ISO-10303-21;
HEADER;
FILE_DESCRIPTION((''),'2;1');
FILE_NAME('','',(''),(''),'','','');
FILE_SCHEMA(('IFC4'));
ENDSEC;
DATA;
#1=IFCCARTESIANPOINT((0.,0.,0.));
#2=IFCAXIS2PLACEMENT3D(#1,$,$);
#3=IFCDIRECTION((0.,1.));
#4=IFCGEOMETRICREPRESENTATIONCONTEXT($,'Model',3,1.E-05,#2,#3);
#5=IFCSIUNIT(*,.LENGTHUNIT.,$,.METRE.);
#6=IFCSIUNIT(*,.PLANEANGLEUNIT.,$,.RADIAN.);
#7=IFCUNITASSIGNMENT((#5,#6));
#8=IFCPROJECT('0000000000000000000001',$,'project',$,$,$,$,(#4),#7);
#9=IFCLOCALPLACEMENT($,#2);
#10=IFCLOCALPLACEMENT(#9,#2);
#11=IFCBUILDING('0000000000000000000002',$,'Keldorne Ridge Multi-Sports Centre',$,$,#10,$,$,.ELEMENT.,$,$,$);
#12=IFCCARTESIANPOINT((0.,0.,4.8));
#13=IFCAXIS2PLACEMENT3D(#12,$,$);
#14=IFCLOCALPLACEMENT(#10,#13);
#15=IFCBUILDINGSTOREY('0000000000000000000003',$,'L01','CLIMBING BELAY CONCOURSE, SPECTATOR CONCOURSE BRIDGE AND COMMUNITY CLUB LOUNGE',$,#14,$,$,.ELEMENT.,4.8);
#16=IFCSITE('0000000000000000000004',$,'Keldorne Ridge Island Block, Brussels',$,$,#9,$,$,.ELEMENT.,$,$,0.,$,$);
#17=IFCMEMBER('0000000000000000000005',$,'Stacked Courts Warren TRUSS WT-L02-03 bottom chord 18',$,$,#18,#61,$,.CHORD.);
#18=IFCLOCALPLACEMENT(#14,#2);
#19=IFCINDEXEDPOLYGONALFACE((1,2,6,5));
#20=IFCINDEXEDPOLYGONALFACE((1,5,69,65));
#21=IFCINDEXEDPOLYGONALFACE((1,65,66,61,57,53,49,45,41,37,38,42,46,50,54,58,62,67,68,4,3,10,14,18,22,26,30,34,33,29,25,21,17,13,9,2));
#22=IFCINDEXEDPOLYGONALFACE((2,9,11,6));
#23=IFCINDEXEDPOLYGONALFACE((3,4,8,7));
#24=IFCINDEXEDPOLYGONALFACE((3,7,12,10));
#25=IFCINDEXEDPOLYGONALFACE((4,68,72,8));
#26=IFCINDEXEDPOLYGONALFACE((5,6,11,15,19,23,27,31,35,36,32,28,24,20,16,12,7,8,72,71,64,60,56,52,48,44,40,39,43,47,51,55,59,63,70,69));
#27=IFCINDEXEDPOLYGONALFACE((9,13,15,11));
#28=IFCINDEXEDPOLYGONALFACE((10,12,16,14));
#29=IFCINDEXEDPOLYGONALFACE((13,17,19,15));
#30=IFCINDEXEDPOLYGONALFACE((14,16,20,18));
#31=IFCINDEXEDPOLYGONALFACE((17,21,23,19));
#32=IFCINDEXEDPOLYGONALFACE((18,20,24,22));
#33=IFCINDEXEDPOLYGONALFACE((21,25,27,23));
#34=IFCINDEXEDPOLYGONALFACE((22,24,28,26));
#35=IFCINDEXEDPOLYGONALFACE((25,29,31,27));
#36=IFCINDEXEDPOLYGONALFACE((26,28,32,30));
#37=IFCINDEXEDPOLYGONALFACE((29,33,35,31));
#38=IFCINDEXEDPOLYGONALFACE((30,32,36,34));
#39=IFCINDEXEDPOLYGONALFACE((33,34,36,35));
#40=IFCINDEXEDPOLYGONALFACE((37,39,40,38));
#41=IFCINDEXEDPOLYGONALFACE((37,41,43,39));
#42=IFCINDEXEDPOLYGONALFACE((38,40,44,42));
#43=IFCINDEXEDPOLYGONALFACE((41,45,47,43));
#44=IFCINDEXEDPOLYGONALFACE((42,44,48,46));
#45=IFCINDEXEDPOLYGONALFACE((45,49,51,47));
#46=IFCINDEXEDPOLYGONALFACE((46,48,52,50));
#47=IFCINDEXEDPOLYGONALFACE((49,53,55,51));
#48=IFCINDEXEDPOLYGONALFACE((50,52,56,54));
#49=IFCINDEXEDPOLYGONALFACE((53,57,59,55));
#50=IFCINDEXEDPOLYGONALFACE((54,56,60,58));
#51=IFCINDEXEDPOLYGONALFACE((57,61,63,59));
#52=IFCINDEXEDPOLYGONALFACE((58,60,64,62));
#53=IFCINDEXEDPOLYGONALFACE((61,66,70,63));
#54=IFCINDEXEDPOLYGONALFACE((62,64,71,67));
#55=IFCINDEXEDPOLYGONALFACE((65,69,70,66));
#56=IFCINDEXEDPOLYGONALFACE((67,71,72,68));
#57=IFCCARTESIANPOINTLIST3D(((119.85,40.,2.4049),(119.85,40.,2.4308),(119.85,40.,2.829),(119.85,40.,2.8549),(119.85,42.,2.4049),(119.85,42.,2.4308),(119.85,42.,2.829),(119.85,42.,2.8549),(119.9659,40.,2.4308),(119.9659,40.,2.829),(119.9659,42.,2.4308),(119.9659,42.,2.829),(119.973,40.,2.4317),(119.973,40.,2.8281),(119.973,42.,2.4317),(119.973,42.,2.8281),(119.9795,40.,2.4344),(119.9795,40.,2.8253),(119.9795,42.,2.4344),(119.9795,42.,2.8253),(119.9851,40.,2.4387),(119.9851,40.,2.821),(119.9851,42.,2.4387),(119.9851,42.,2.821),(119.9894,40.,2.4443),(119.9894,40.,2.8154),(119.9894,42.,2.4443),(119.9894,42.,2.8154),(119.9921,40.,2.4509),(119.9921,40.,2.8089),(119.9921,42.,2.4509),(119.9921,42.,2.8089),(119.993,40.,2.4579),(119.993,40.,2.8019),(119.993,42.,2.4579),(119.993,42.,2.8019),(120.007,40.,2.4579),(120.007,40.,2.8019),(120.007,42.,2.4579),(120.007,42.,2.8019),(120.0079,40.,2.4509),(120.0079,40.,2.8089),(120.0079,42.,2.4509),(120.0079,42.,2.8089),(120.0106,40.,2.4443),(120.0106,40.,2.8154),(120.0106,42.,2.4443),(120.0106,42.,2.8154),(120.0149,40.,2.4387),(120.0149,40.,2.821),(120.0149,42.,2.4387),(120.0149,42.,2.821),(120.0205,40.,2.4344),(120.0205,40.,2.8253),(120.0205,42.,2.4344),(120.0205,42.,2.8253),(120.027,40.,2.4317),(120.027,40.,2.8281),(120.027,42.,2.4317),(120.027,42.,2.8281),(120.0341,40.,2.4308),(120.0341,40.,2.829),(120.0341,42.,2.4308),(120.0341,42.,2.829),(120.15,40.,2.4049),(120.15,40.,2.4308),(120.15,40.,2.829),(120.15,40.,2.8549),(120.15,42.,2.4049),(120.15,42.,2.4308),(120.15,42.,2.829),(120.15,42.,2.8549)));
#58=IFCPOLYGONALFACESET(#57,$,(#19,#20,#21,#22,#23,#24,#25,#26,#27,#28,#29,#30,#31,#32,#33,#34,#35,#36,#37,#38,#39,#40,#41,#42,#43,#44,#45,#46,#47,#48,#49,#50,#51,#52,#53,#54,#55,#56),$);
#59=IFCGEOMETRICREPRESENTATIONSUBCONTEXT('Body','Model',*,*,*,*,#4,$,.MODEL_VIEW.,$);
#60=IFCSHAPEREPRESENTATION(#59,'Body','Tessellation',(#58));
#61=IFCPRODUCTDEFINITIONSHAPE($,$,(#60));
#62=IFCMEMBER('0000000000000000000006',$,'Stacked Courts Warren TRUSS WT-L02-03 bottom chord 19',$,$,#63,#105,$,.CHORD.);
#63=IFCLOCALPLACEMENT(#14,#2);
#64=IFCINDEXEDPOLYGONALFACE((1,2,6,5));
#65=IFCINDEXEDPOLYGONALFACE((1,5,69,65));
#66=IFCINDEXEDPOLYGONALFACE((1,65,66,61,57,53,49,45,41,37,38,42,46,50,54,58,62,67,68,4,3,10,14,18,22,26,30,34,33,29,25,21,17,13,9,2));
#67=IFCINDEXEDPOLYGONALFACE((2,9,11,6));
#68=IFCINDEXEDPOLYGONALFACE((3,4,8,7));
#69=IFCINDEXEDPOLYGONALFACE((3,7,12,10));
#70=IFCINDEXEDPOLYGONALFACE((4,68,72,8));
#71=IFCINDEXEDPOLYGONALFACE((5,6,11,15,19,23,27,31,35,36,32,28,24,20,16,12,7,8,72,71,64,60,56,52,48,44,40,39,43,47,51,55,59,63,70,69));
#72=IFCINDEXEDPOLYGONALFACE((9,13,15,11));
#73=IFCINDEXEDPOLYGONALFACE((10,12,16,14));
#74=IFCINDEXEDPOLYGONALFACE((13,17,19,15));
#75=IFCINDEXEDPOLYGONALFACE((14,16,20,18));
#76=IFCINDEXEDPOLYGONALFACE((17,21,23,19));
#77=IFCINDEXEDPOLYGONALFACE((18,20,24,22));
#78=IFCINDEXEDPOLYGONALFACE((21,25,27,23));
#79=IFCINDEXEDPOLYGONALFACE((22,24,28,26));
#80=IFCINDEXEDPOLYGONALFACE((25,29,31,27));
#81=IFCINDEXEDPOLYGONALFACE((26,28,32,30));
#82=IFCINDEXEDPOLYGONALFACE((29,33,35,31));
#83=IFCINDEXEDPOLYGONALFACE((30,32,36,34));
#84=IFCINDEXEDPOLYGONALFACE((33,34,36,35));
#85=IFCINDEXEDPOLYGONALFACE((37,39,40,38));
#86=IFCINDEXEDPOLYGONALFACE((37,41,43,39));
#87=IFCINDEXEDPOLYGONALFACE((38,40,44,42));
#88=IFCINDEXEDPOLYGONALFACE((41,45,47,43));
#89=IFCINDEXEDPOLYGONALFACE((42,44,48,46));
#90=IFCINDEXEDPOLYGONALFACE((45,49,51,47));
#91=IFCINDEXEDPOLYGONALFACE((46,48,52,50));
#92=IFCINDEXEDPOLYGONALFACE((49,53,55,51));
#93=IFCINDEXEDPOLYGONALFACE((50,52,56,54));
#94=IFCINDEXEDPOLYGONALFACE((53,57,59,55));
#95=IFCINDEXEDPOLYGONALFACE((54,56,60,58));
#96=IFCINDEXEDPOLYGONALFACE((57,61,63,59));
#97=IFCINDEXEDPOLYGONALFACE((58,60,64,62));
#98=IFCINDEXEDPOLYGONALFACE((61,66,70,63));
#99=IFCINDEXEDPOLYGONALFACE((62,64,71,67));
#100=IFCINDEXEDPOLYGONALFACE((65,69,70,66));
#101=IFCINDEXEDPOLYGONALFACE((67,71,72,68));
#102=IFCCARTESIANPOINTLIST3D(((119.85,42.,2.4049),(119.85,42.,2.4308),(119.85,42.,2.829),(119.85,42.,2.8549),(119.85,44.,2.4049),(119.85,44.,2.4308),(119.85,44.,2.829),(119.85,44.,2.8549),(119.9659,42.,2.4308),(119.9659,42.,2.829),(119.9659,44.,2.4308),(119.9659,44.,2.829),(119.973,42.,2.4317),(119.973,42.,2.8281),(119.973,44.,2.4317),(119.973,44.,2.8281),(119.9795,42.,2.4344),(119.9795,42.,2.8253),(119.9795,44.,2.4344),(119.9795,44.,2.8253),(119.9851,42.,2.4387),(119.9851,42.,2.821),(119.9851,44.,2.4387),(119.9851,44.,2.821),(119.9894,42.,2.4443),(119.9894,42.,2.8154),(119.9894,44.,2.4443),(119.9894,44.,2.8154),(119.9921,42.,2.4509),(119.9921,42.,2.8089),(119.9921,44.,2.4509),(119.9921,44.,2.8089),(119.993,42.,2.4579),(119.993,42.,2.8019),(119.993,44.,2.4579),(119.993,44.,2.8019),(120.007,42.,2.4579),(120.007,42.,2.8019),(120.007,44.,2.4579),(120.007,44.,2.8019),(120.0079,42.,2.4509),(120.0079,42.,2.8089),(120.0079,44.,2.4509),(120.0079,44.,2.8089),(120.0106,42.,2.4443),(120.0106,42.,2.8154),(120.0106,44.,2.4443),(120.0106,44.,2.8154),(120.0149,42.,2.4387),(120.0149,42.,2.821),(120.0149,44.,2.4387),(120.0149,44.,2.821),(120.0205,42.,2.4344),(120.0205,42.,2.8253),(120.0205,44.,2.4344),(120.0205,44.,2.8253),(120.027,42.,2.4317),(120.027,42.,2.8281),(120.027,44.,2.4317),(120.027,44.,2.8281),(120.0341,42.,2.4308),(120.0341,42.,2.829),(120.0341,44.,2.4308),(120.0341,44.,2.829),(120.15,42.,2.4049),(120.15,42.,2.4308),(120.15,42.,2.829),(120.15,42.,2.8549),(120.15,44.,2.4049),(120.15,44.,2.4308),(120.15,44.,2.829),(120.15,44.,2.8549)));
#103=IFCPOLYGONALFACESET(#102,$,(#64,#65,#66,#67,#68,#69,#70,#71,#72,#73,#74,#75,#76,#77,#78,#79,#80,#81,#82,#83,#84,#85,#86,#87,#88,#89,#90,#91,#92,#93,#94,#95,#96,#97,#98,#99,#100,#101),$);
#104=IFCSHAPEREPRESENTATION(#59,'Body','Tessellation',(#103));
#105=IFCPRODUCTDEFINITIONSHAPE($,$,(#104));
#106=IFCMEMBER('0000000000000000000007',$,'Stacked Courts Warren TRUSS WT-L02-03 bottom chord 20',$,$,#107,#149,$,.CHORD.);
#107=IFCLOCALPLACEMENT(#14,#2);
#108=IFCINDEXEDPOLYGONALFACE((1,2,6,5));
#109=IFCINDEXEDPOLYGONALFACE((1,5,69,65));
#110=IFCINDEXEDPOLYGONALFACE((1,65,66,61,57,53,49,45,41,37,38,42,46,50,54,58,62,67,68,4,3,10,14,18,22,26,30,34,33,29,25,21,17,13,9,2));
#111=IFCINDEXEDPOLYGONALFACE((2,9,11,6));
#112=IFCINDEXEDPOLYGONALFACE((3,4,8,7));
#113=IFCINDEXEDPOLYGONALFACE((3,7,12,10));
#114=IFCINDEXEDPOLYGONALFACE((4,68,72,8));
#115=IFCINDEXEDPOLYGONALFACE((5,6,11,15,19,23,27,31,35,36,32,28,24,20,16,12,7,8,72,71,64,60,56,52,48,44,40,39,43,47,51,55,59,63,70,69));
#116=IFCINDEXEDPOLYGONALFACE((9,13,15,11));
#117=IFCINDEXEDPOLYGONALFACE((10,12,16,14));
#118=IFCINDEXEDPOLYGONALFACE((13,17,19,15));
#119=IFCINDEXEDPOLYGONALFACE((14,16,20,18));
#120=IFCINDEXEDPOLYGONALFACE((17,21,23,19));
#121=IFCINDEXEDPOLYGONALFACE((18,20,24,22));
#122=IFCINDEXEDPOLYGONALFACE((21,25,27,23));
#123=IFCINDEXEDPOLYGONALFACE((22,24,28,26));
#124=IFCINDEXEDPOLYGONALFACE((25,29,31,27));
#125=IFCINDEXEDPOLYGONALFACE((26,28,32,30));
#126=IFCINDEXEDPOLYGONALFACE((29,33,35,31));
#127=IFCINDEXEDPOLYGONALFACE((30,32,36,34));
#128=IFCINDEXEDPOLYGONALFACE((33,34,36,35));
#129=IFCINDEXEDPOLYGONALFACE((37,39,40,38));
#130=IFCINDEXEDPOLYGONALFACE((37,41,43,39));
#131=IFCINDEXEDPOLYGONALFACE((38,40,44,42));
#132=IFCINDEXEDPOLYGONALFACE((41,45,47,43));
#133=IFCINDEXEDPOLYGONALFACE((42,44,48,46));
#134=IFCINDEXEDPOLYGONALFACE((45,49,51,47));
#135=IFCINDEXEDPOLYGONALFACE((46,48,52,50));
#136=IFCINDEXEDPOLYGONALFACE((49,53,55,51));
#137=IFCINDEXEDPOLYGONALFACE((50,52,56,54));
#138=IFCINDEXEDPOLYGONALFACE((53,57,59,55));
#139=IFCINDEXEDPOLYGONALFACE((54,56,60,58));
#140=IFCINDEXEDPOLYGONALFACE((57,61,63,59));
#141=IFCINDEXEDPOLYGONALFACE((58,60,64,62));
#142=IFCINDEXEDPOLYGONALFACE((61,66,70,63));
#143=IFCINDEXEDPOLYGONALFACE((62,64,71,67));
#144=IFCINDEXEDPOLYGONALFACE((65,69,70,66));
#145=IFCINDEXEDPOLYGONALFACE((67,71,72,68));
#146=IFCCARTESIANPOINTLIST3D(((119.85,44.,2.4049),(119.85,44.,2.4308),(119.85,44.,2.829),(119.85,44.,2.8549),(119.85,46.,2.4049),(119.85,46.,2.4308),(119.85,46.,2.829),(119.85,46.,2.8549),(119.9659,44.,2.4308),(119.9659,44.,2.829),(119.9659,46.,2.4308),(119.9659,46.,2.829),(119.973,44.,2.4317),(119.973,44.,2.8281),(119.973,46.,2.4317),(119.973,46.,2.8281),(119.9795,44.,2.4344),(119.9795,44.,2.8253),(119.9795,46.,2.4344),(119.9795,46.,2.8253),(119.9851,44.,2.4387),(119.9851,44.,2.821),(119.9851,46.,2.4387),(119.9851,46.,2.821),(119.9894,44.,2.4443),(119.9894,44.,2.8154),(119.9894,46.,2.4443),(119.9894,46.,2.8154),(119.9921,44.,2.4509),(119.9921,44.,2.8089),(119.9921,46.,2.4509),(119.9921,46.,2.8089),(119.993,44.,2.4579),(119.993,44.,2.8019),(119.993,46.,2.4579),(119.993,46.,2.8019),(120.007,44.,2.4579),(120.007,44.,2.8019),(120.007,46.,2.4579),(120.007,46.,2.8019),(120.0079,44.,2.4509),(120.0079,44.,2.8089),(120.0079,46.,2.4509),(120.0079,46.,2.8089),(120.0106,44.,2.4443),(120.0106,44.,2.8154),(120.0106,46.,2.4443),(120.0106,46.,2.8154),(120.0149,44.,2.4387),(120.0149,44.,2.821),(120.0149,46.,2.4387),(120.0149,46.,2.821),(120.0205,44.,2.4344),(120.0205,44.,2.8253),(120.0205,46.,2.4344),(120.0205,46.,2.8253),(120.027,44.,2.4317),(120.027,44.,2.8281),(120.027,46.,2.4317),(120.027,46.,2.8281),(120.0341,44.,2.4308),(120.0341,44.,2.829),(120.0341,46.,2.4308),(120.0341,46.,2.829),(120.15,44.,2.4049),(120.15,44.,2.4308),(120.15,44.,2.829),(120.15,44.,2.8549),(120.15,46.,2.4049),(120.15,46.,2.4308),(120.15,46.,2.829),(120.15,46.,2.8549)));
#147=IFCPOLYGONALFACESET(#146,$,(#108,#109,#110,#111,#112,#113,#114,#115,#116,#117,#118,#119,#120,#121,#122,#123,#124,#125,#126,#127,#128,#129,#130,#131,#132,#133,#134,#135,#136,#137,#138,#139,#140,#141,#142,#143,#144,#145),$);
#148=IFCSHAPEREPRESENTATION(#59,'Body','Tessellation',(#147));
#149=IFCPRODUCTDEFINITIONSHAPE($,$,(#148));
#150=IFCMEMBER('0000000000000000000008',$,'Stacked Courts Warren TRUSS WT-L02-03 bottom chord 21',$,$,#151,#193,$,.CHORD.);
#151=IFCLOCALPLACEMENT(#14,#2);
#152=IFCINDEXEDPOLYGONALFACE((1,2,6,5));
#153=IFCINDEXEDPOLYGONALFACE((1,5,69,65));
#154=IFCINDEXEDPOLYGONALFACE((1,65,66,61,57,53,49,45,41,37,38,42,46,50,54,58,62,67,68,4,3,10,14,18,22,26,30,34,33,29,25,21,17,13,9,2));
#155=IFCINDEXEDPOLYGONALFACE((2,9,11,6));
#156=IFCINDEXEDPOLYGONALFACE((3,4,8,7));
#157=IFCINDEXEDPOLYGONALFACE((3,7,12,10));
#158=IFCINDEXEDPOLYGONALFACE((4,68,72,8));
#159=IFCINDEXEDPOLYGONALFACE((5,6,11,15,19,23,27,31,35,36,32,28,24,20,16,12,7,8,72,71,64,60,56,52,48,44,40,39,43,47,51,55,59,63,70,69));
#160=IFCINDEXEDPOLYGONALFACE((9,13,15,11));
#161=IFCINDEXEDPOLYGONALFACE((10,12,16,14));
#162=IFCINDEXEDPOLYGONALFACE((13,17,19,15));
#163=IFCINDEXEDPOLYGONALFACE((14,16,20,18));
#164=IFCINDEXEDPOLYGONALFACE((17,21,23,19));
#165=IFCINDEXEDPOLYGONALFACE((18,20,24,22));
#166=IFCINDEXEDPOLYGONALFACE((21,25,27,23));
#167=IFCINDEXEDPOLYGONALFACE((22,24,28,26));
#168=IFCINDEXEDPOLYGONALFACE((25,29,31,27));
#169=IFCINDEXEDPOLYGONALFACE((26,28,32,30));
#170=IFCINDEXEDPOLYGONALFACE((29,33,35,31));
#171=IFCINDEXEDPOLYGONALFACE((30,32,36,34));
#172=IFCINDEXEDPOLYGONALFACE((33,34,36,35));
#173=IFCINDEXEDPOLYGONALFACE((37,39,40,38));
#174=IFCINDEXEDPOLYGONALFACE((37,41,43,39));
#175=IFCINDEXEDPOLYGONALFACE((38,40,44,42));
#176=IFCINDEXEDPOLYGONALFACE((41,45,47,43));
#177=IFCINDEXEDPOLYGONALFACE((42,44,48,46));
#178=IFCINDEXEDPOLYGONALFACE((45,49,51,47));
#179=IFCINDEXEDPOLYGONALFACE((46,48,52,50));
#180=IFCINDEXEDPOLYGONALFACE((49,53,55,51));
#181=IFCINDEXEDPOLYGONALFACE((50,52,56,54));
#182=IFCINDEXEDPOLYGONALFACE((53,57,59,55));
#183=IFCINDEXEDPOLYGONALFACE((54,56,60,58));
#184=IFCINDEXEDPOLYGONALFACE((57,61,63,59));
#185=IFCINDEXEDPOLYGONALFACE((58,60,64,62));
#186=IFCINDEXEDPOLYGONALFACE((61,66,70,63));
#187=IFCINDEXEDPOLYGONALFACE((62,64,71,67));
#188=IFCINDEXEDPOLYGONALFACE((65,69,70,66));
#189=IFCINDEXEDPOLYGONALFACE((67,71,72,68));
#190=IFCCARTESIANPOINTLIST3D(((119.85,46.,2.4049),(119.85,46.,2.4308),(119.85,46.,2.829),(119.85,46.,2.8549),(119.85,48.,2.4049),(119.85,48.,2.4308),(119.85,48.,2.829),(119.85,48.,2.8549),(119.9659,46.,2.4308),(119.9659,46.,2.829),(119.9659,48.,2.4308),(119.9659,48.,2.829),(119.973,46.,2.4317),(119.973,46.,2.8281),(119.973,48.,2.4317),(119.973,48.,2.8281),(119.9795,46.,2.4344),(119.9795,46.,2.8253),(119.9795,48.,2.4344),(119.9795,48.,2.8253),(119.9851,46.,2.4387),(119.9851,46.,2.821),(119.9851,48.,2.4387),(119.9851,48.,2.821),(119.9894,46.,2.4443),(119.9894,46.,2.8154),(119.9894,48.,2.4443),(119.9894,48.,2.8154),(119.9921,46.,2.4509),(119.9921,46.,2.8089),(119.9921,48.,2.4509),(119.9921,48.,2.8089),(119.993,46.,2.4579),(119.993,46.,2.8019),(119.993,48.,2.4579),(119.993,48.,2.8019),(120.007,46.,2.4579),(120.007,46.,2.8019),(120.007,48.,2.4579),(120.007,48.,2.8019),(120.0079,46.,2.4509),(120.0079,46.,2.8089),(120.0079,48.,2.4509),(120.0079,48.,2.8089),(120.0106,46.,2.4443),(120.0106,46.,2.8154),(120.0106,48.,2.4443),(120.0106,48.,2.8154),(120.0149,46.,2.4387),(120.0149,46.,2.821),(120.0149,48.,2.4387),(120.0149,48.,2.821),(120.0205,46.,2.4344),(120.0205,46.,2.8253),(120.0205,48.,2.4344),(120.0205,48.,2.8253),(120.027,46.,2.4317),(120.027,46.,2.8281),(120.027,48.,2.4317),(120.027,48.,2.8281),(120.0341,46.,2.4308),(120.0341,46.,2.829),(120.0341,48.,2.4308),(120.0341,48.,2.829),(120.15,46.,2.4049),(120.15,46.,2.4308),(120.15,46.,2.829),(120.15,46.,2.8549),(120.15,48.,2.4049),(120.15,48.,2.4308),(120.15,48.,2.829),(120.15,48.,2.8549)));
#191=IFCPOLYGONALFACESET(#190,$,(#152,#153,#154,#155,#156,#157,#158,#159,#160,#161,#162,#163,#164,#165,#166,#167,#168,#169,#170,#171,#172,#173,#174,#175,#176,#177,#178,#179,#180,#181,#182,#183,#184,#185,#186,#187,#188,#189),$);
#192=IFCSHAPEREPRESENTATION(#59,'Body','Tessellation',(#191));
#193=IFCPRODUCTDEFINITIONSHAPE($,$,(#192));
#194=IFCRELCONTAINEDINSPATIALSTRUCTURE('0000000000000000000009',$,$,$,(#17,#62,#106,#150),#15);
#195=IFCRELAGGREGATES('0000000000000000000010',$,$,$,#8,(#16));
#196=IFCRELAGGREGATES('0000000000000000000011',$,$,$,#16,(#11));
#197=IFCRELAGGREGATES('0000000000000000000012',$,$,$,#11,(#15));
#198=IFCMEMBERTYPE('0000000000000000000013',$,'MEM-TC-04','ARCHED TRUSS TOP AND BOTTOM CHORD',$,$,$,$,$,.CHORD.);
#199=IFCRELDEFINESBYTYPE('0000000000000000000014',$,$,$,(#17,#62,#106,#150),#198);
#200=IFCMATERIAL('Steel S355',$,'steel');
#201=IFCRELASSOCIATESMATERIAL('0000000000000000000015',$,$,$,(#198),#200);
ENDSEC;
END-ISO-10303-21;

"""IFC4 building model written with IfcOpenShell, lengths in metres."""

from ifc_helpers import new_model, si_unit, direction, frame, origin, origin_2d, place, context, subcontext, project, spatial, i_section, extrude, material, material_profile, profile_set, type_object, element, save


model = new_model("IFC4")

# Units and contexts
model_context = context("Model", 3, precision=1e-05, world=origin(), true_north=direction((0.0, 1.0)))
body_context = subcontext(model_context, "Body", "Model", "MODEL_VIEW")
ifc_project = project(units=[si_unit("LENGTHUNIT", "METRE"), si_unit("PLANEANGLEUNIT", "RADIAN")], contexts=[model_context])

# Site, building, storey
site_placement = place(None, origin())
site = spatial("IfcSite", under=ifc_project, at=site_placement, Name="Keldorne Ridge Island Block, Brussels", CompositionType="ELEMENT", RefElevation=0.0)
building_placement = place(site_placement, origin())
building = spatial("IfcBuilding", under=site, at=building_placement, Name="Keldorne Ridge Multi-Sports Centre", CompositionType="ELEMENT")
storey_placement = place(building_placement, frame((0.0, 0.0, 4.8)))
storey = spatial("IfcBuildingStorey", under=building, at=storey_placement, Name="L01", Description="CLIMBING BELAY CONCOURSE, SPECTATOR CONCOURSE BRIDGE AND COMMUNITY CLUB LOUNGE", CompositionType="ELEMENT", Elevation=4.8)

# Members
ifc_material = material(Name="Steel S355", Category="steel")
ifc_material_profile_1 = material_profile(ifc_material, i_section(OverallWidth=0.3, OverallDepth=0.45, WebThickness=0.0139, FlangeThickness=0.0259, FilletRadius=0.0271, at=origin_2d()), Name="HEB 450")
ifc_profile_set_1 = profile_set([ifc_material_profile_1], Name="Steel S355")
member_type_1 = type_object("IfcMemberType", Name="MEM-TC-04", Description="ARCHED TRUSS TOP AND BOTTOM CHORD", PredefinedType="CHORD", material=ifc_profile_set_1)
for number, where, z_axis, x_axis, name in (
    (1, (120.0, 40.0, 2.6299), (0.0, 1.0, 0.0), (-1.0, 0.0, 0.0), "Stacked Courts Warren TRUSS WT-L02-03 bottom chord 18"),
    (2, (120.0, 42.0, 2.6299), (0.0, 1.0, 0.0), (-1.0, 0.0, 0.0), "Stacked Courts Warren TRUSS WT-L02-03 bottom chord 19"),
    (3, (120.0, 44.0, 2.6299), (0.0, 1.0, 0.0), (-1.0, 0.0, 0.0), "Stacked Courts Warren TRUSS WT-L02-03 bottom chord 20"),
    (4, (120.0, 46.0, 2.6299), (0.0, 1.0, 0.0), (-1.0, 0.0, 0.0), "Stacked Courts Warren TRUSS WT-L02-03 bottom chord 21"),
):
    element("IfcMember", number, at=place(storey_placement, frame(where, z_axis=z_axis, x_axis=x_axis)), inside=storey, type_object=member_type_1, Name=name, PredefinedType="CHORD", context=body_context, shape_type="SweptSolid", body=[
        extrude(i_section(OverallWidth=0.3, OverallDepth=0.45, WebThickness=0.0139, FlangeThickness=0.0259, FilletRadius=0.0271, at=origin_2d()), origin(), (0.0, 0.0, 1.0), 2.0),
    ])

save(model, "model.ifc")
